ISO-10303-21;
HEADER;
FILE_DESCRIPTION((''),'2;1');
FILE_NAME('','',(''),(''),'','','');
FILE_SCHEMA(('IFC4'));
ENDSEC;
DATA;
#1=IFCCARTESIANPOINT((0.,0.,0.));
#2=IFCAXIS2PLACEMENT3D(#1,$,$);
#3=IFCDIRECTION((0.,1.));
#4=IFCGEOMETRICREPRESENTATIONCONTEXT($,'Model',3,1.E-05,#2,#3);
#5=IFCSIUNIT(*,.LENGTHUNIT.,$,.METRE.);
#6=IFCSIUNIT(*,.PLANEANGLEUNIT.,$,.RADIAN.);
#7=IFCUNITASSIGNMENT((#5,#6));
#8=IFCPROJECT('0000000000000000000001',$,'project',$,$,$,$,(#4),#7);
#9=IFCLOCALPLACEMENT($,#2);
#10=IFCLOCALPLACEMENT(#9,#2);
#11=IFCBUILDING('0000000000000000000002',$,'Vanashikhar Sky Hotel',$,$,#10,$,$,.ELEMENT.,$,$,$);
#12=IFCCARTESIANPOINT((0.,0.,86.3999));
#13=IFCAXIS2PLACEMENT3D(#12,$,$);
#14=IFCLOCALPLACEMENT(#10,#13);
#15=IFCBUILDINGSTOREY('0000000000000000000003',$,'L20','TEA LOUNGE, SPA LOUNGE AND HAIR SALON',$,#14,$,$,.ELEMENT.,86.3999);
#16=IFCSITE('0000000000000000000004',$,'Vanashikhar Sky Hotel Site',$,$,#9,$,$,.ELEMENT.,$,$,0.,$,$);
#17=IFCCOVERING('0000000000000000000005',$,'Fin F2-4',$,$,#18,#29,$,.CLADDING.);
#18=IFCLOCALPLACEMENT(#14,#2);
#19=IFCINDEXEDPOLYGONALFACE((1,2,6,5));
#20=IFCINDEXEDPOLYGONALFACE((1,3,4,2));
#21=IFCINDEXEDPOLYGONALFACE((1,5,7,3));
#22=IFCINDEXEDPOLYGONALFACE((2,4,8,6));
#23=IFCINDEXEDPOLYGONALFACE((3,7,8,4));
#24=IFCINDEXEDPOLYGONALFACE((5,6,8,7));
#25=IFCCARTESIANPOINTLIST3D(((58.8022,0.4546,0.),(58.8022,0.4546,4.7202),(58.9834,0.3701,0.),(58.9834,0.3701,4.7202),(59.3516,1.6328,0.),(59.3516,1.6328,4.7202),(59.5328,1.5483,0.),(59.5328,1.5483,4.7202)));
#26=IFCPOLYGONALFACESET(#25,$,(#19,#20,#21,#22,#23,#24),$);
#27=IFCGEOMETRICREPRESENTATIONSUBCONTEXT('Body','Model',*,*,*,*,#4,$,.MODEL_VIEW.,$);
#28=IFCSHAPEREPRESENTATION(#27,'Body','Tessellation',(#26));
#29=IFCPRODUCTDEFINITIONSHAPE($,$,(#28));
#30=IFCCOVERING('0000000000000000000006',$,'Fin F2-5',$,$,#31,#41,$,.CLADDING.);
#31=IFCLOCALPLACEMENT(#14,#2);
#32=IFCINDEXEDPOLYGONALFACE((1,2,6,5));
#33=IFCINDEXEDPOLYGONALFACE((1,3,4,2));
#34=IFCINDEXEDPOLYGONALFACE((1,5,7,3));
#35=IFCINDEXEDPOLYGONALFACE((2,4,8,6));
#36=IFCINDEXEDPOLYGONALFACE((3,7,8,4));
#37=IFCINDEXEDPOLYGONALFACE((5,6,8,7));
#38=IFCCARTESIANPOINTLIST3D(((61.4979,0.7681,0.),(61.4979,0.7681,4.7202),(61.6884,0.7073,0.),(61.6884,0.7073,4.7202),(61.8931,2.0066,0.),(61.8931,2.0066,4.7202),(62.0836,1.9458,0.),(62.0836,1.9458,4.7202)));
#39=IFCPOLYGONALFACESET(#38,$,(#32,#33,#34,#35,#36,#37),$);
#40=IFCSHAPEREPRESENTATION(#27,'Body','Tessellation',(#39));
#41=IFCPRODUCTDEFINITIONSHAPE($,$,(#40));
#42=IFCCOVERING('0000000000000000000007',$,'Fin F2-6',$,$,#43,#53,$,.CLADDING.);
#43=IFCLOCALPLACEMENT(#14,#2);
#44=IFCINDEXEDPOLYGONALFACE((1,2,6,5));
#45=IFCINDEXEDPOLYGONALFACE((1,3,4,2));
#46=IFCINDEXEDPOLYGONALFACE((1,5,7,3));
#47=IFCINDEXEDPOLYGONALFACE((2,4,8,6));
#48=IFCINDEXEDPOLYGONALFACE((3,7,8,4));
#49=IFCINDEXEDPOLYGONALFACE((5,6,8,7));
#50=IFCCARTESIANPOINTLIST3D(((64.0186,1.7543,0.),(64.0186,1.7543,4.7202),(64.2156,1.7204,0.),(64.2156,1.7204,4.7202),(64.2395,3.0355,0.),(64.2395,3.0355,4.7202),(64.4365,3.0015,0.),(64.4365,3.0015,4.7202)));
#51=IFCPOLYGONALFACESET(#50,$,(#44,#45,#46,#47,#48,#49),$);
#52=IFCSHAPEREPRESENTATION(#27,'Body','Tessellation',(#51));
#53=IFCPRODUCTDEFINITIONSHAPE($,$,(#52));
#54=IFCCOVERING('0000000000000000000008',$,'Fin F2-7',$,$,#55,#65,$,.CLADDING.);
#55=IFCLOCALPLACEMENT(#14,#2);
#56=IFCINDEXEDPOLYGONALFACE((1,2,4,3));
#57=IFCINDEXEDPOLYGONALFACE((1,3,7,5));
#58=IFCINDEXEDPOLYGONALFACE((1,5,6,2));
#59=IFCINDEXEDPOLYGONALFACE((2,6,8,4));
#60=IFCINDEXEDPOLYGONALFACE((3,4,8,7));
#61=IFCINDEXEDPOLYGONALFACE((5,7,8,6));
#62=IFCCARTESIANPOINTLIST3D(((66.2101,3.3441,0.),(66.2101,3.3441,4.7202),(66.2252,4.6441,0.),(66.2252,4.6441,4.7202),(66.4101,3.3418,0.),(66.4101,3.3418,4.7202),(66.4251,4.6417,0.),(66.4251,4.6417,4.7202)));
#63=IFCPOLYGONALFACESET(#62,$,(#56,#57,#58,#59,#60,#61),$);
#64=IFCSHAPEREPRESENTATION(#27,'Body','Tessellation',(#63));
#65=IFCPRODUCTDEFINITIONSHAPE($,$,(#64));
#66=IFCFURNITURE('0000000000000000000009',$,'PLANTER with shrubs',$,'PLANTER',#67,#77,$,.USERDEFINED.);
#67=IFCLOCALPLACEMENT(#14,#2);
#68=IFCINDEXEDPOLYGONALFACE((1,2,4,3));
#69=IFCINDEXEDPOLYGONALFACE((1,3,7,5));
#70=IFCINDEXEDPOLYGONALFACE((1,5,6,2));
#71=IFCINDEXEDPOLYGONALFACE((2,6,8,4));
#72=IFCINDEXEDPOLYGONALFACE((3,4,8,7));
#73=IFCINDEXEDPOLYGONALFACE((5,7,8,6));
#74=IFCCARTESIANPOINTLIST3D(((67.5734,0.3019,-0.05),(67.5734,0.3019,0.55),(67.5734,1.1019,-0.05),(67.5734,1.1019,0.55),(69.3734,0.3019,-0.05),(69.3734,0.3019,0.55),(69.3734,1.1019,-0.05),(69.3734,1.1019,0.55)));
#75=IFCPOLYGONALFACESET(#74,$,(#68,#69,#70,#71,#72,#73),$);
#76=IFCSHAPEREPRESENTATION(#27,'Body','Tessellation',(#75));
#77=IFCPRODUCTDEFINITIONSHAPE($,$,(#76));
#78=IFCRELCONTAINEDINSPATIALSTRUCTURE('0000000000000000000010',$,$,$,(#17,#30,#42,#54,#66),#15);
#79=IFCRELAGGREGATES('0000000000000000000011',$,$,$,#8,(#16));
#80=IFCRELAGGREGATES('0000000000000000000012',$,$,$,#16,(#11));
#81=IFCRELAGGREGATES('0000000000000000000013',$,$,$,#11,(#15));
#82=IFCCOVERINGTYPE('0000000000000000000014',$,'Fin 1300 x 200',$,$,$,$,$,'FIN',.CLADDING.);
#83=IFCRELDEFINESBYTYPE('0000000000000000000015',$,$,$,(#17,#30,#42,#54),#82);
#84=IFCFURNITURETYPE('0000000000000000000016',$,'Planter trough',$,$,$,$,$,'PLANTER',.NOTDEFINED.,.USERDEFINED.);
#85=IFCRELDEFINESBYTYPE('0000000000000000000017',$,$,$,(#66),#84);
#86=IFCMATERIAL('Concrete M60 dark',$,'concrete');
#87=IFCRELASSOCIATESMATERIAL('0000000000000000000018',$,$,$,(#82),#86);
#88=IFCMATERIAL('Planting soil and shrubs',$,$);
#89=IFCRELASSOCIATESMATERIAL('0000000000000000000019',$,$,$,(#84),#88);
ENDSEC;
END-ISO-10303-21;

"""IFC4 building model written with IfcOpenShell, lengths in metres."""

from ifc_helpers import new_model, si_unit, direction, frame, origin, origin_2d, place, context, subcontext, project, spatial, rectangle, extrude, source, transform, mapped, material, material_profile, profile_set, type_object, element, save


model = new_model("IFC4")

# Units and contexts
model_context = context("Model", 3, precision=1e-05, world=origin(), true_north=direction((0.0, 1.0)))
body_context = subcontext(model_context, "Body", "Model", "MODEL_VIEW")
ifc_project = project(units=[si_unit("LENGTHUNIT", "METRE"), si_unit("PLANEANGLEUNIT", "RADIAN")], contexts=[model_context])

# Site, building, storey
site_placement = place(None, origin())
site = spatial("IfcSite", under=ifc_project, at=site_placement, Name="Vanashikhar Sky Hotel Site", CompositionType="ELEMENT", RefElevation=0.0)
building_placement = place(site_placement, origin())
building = spatial("IfcBuilding", under=site, at=building_placement, Name="Vanashikhar Sky Hotel", CompositionType="ELEMENT")
storey_placement = place(building_placement, frame((0.0, 0.0, 86.3999)))
storey = spatial("IfcBuildingStorey", under=building, at=storey_placement, Name="L20", Description="TEA LOUNGE, SPA LOUNGE AND HAIR SALON", CompositionType="ELEMENT", Elevation=86.3999)

# Coverings
ifc_material_1 = material(Name="Concrete M60 dark", Category="concrete")
ifc_material_profile_1 = material_profile(ifc_material_1, rectangle(XDim=1.3, YDim=0.2, at=origin_2d()))
ifc_profile_set_1 = profile_set([ifc_material_profile_1], Name="Fin 1300 x 200")
covering_type = type_object("IfcCoveringType", Name="Fin 1300 x 200", ElementType="FIN", PredefinedType="CLADDING", material=ifc_profile_set_1)
shared_shape_1 = source(origin(), body_context, "Body", "SweptSolid", [
    extrude(rectangle(XDim=1.3, YDim=0.2, at=origin_2d()), origin(), (0.0, 0.0, 1.0), 4.7202),
])
for number, where, z_axis, x_axis, name in (
    (1, (59.1675, 1.0015, 0.0), (0.0, 0.0, 1.0), (-0.422618, -0.906308, 0.0), "Fin F2-4"),
    (2, (61.7908, 1.3569, 0.0), (0.0, 0.0, 1.0), (-0.303967, -0.952683, 0.0), "Fin F2-5"),
    (3, (64.2275, 2.3779, 0.0), (0.0, 0.0, 1.0), (-0.1699, -0.985461, 0.0), "Fin F2-6"),
    (4, (66.3176, 3.9929, 0.0), (0.0, 0.0, 1.0), (-0.011589, -0.999933, 0.0), "Fin F2-7"),
):
    element("IfcCovering", number, at=place(storey_placement, frame(where, z_axis=z_axis, x_axis=x_axis)), inside=storey, type_object=covering_type, Name=name, PredefinedType="CLADDING", context=body_context, shape_type="MappedRepresentation", body=[
        mapped(shared_shape_1, transform((0.0, 0.0, 0.0), scale=1.0)),
    ])

# Furniture
ifc_material_2 = material(Name="Planting soil and shrubs")
furniture_type = type_object("IfcFurnitureType", Name="Planter trough", ElementType="PLANTER", AssemblyPlace="NOTDEFINED", PredefinedType="USERDEFINED", material=ifc_material_2)
shared_shape_2 = source(origin(), body_context, "Body", "SweptSolid", [
    extrude(rectangle(XDim=1.8, YDim=0.8, at=origin_2d()), origin(), (0.0, 0.0, 1.0), 0.6001),
])
furniture_placement = place(storey_placement, frame((68.4734, 0.7019, -0.05), z_axis=(0.0, 0.0, 1.0), x_axis=(-1.0, 0.0, 0.0)))
element("IfcFurniture", 5, at=furniture_placement, inside=storey, type_object=furniture_type, Name="PLANTER with shrubs", ObjectType="PLANTER", PredefinedType="USERDEFINED", context=body_context, shape_type="MappedRepresentation", body=[
    mapped(shared_shape_2, transform((0.0, 0.0, 0.0), scale=1.0)),
])

save(model, "model.ifc")
